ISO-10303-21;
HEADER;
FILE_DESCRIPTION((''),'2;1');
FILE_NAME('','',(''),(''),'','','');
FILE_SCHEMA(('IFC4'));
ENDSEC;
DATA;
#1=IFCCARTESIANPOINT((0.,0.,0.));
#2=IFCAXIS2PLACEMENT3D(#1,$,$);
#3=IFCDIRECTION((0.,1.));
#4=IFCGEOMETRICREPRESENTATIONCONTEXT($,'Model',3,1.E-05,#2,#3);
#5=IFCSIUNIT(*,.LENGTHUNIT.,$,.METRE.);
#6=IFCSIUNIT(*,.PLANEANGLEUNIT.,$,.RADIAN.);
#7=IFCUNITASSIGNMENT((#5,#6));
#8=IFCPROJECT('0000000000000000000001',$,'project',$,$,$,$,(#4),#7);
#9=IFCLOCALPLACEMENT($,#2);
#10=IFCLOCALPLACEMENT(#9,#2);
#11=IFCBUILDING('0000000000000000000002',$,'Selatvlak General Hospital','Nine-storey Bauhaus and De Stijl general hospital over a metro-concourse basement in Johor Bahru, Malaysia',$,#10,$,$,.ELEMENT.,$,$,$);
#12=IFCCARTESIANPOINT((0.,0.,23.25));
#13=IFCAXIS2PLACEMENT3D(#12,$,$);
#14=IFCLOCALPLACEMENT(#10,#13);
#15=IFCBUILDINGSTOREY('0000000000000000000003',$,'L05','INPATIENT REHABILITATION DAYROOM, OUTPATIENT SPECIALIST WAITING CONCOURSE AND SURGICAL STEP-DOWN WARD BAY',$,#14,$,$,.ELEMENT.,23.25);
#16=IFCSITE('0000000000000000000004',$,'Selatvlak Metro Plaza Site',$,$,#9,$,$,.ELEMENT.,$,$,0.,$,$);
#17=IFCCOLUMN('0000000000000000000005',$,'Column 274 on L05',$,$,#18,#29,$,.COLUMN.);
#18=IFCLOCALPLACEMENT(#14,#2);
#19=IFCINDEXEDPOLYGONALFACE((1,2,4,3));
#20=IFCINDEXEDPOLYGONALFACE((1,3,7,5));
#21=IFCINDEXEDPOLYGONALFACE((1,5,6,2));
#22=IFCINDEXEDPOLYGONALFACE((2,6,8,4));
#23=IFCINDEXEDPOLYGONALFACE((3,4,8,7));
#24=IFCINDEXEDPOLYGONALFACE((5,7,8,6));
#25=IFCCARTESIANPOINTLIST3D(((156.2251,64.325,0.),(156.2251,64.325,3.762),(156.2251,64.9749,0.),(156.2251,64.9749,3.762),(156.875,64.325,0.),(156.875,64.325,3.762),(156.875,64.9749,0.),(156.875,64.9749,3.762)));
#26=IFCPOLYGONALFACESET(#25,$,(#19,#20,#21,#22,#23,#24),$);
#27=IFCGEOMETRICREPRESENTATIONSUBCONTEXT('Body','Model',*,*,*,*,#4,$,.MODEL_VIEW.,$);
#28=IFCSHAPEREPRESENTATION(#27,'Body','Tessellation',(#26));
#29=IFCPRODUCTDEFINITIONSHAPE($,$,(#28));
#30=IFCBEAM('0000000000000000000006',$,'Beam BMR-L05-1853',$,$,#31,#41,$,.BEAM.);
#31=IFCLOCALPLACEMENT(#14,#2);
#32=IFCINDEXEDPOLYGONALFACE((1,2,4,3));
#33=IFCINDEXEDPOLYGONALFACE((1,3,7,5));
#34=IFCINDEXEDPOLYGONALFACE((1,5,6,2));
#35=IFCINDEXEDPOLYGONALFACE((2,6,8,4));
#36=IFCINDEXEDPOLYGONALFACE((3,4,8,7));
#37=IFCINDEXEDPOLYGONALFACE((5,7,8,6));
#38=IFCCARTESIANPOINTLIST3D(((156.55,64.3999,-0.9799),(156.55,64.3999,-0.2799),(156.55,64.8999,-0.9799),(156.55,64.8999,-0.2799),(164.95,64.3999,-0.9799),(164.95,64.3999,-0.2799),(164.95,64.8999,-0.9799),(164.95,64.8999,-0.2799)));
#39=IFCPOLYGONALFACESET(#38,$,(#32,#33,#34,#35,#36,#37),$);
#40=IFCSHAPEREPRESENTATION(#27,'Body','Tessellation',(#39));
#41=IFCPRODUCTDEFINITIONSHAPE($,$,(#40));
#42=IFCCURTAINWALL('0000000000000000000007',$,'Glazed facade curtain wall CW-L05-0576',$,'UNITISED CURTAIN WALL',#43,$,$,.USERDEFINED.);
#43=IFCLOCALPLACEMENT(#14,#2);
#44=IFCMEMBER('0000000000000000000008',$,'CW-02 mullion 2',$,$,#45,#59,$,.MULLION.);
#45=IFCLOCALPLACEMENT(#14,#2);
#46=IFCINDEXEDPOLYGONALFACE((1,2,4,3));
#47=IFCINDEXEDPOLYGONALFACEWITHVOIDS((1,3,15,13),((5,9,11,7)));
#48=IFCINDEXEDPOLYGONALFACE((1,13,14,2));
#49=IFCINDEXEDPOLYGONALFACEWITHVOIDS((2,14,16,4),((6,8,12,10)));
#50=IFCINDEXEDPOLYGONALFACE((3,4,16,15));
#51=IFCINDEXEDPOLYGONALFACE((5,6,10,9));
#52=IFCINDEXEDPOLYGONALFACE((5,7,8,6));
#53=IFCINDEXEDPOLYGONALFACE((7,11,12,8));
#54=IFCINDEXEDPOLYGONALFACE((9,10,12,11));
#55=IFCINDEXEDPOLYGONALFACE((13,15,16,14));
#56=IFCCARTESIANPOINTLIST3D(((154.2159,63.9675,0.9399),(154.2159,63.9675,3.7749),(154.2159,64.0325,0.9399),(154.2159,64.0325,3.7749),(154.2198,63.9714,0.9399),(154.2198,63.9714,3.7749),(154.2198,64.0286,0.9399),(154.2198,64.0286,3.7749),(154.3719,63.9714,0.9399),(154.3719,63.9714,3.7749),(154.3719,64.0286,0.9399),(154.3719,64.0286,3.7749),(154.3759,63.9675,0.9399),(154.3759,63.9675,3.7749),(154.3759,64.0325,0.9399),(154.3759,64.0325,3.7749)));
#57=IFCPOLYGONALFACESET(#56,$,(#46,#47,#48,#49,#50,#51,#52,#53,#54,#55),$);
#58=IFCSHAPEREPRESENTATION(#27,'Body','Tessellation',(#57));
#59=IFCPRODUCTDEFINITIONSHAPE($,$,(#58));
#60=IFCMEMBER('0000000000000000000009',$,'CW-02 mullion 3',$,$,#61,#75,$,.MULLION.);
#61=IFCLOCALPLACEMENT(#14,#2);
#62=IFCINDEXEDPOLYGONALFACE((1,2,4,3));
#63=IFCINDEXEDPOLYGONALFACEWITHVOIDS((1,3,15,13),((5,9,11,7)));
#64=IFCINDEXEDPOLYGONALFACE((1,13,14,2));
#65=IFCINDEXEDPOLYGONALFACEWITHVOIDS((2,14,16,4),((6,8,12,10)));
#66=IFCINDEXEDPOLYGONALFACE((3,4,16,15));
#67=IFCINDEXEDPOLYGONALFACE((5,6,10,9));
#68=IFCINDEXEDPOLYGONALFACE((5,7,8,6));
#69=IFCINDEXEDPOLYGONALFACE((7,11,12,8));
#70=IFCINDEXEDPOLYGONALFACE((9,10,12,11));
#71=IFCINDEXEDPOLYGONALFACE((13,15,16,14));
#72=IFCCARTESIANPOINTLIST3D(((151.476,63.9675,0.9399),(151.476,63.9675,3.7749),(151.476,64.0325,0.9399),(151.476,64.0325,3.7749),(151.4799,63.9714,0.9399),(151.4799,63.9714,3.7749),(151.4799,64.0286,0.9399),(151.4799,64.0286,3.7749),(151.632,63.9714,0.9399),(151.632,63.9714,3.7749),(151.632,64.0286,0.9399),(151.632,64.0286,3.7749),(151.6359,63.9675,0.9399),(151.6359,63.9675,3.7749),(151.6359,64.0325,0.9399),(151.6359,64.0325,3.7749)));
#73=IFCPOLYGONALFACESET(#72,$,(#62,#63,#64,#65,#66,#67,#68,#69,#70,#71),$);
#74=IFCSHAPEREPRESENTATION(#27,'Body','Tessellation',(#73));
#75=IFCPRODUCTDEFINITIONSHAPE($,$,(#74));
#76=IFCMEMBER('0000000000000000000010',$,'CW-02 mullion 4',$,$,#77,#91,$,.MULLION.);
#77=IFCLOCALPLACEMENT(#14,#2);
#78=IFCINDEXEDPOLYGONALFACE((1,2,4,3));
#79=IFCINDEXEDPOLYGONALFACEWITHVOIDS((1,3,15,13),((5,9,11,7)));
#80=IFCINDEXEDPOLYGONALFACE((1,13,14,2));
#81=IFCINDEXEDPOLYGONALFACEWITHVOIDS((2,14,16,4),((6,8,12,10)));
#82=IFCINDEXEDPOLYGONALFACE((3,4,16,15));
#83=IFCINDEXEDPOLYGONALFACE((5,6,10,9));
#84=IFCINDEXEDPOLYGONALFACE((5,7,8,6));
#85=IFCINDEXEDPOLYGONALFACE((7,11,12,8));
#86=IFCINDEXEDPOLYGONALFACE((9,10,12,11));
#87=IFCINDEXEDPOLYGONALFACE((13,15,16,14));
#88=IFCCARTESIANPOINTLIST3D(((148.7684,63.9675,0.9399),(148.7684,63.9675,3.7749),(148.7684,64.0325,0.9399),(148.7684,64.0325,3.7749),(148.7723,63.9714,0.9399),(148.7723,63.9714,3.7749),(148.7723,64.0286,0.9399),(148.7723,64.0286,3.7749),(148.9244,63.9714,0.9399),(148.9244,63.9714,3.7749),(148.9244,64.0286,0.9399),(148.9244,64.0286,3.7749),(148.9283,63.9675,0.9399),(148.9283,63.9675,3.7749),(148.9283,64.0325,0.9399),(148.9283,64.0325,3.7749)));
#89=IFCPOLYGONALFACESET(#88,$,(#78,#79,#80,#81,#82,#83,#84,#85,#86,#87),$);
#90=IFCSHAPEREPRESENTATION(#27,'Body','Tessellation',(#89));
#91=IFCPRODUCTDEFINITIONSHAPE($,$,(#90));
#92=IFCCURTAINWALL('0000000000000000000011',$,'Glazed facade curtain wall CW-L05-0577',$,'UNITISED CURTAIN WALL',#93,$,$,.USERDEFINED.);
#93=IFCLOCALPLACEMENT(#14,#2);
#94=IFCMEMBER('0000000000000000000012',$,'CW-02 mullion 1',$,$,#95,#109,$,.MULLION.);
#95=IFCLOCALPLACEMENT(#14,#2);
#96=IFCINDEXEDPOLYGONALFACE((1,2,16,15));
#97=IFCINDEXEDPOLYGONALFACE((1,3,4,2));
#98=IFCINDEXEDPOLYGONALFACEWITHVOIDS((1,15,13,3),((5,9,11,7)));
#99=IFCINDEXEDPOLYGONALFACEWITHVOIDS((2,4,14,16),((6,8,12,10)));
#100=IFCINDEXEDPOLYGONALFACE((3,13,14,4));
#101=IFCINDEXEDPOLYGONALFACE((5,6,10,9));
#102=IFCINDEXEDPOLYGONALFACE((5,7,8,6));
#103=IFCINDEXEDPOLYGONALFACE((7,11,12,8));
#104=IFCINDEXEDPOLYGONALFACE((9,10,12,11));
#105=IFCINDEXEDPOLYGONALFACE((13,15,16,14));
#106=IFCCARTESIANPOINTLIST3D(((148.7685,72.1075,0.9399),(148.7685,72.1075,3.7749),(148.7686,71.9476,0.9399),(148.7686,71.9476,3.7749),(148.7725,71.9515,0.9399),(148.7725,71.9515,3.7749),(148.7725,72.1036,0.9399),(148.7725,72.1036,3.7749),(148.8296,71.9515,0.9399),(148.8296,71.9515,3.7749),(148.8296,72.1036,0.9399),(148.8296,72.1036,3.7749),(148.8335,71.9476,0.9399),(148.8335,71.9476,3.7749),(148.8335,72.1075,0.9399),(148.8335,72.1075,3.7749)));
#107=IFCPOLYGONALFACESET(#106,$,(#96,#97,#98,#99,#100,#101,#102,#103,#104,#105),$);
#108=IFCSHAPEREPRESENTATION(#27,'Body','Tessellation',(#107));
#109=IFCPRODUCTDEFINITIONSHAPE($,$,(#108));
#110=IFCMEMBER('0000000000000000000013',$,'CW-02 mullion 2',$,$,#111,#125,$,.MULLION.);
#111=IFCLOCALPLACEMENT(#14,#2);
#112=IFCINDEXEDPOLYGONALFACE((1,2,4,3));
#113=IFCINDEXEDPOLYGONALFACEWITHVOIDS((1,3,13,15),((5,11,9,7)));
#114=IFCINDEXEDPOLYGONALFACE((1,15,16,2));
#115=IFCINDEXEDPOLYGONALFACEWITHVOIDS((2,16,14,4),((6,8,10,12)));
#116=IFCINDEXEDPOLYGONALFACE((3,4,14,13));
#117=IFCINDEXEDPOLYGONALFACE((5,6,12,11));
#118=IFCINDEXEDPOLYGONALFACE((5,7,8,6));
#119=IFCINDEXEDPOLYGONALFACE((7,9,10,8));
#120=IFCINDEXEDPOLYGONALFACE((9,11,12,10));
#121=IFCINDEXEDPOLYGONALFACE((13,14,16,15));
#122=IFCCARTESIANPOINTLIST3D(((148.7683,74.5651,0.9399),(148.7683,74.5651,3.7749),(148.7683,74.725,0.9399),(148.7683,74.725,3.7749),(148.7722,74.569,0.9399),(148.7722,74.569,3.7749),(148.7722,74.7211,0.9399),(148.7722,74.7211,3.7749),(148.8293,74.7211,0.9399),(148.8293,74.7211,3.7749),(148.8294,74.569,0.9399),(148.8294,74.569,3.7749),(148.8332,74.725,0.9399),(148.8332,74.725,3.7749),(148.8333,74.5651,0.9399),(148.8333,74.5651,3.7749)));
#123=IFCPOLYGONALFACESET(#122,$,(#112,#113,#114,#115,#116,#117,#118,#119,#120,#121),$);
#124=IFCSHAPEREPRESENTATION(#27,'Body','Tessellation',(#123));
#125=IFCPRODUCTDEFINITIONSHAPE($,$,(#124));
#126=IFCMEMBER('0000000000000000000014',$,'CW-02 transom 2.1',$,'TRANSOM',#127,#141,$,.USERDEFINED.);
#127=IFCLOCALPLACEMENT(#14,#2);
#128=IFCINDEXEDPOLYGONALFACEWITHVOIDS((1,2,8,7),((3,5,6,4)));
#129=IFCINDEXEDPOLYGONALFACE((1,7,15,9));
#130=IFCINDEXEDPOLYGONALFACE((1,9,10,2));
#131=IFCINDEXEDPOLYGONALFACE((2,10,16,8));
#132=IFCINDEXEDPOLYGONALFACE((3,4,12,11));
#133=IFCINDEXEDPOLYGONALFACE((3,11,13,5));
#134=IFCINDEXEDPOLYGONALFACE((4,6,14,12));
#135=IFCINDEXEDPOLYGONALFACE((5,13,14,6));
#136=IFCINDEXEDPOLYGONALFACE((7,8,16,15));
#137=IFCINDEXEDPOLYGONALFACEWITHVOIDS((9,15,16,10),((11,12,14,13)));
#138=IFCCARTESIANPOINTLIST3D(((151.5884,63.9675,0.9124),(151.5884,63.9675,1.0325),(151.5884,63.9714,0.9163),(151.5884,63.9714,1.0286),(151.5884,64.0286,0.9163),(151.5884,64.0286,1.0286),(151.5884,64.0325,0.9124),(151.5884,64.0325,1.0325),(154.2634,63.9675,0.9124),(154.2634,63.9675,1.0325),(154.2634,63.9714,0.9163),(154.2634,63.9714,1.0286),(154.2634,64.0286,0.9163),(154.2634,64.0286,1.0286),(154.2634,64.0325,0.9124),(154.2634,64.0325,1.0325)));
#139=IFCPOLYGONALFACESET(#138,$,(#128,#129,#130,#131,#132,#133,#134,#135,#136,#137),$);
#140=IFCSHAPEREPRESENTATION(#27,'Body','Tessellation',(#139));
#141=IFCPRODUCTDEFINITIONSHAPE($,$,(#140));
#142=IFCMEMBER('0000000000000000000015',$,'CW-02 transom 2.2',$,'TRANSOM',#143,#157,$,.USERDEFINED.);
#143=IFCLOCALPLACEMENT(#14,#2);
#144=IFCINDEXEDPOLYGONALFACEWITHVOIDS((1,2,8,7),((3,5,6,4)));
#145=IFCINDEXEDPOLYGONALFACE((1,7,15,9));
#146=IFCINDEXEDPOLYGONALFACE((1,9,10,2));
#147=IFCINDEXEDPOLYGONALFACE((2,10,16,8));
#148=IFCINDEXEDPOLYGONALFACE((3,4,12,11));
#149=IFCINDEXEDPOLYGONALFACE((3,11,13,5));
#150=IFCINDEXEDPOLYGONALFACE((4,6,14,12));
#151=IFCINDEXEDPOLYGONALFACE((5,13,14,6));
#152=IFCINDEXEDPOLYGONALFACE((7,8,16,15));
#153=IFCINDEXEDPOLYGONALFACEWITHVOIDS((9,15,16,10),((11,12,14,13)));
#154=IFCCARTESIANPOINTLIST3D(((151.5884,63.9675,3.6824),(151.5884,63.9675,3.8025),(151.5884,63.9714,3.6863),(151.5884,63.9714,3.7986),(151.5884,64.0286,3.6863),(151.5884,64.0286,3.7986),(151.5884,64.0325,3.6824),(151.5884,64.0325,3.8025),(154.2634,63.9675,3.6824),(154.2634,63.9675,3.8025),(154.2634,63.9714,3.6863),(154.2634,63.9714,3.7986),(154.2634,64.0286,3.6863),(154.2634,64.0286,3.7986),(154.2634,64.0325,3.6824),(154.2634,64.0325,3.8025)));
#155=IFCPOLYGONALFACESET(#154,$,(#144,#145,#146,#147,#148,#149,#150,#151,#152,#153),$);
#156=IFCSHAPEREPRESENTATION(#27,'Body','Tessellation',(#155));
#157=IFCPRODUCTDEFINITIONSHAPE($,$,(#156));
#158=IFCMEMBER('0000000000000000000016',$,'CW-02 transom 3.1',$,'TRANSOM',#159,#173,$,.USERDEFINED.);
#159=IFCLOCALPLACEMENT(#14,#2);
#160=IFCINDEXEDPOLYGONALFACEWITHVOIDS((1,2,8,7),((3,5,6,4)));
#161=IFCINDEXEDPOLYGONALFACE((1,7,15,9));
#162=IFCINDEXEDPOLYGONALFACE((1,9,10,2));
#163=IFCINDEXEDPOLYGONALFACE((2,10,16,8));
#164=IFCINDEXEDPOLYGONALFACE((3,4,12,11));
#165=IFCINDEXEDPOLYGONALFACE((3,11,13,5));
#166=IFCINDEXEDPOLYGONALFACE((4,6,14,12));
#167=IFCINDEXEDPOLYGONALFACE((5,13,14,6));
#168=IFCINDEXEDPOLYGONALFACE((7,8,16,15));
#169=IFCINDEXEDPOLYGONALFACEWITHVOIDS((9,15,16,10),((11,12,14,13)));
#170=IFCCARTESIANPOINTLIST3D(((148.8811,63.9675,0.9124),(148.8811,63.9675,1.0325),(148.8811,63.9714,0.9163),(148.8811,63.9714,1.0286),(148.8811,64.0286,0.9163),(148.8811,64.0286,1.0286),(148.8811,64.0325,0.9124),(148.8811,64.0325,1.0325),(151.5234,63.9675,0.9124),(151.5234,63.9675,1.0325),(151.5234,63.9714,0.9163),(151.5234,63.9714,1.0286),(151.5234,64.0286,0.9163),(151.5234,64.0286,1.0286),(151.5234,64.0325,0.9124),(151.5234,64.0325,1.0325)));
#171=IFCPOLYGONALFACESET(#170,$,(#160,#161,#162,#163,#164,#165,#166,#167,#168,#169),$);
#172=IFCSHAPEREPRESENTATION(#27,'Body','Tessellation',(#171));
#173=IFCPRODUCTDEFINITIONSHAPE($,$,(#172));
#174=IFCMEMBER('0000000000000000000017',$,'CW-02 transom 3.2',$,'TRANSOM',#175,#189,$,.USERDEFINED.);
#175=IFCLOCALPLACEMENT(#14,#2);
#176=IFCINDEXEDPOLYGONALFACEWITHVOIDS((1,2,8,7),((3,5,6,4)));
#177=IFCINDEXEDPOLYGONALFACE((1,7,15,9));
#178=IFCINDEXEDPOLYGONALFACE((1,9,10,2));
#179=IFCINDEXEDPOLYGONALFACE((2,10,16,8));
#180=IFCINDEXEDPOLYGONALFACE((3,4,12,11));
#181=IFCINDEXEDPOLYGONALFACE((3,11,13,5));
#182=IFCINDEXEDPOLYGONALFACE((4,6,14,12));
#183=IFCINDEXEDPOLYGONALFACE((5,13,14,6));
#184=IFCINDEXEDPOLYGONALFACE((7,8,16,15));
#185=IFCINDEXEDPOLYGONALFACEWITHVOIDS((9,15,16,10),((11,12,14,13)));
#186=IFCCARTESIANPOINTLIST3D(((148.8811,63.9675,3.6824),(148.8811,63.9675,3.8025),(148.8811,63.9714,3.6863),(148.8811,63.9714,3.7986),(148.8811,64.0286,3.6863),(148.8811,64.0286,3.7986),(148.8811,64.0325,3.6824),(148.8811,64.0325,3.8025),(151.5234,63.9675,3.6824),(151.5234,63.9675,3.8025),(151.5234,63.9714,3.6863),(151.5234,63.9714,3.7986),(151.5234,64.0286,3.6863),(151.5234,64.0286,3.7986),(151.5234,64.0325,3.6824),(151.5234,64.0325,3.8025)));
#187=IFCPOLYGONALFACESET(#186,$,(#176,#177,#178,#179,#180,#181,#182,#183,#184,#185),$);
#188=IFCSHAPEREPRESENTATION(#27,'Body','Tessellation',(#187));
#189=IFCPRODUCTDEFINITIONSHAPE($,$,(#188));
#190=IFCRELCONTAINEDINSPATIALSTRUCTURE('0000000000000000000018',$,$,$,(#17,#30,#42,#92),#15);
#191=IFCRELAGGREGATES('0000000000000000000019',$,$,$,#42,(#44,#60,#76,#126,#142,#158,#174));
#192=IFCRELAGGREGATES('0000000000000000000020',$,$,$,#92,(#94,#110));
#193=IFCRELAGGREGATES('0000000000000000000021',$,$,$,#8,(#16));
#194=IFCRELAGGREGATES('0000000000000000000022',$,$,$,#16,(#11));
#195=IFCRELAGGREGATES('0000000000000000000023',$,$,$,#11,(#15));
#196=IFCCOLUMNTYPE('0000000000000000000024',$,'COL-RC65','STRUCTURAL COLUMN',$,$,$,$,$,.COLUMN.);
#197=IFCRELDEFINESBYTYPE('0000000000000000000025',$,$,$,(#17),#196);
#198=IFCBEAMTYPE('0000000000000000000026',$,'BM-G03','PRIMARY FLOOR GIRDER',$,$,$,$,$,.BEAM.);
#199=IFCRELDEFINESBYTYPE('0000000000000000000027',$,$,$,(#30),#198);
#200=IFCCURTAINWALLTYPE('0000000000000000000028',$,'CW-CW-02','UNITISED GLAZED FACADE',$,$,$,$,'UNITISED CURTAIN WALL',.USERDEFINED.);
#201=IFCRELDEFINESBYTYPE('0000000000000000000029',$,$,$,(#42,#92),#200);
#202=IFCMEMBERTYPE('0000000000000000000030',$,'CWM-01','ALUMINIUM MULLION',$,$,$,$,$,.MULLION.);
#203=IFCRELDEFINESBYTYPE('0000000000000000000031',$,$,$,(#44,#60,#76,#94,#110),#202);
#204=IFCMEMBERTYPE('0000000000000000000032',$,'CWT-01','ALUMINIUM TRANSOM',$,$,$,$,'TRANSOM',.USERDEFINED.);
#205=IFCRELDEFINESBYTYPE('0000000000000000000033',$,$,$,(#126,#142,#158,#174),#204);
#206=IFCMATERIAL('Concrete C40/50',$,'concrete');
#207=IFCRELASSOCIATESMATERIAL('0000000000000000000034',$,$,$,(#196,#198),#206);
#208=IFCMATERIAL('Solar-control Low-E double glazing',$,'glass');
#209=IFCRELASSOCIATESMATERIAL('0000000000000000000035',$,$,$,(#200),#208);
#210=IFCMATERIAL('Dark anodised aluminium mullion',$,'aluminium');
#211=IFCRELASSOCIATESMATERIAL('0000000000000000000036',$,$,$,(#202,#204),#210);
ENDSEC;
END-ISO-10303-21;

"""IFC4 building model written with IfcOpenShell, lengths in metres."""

from ifc_helpers import new_model, si_unit, direction, frame, origin, origin_2d, place, context, subcontext, project, spatial, rectangle, hollow_rectangle, extrude, material, material_profile, profile_set, type_object, element, aggregate, save


model = new_model("IFC4")

# Units and contexts
model_context = context("Model", 3, precision=1e-05, world=origin(), true_north=direction((0.0, 1.0)))
body_context = subcontext(model_context, "Body", "Model", "MODEL_VIEW")
ifc_project = project(units=[si_unit("LENGTHUNIT", "METRE"), si_unit("PLANEANGLEUNIT", "RADIAN")], contexts=[model_context])

# Site, building, storey
site_placement = place(None, origin())
site = spatial("IfcSite", under=ifc_project, at=site_placement, Name="Selatvlak Metro Plaza Site", CompositionType="ELEMENT", RefElevation=0.0)
building_placement = place(site_placement, origin())
building = spatial("IfcBuilding", under=site, at=building_placement, Name="Selatvlak General Hospital", Description="Nine-storey Bauhaus and De Stijl general hospital over a metro-concourse basement in Johor Bahru, Malaysia", CompositionType="ELEMENT")
storey_placement = place(building_placement, frame((0.0, 0.0, 23.25)))
storey = spatial("IfcBuildingStorey", under=building, at=storey_placement, Name="L05", Description="INPATIENT REHABILITATION DAYROOM, OUTPATIENT SPECIALIST WAITING CONCOURSE AND SURGICAL STEP-DOWN WARD BAY", CompositionType="ELEMENT", Elevation=23.25)

# Column
ifc_material_1 = material(Name="Concrete C40/50", Category="concrete")
ifc_material_profile_1 = material_profile(ifc_material_1, rectangle(XDim=0.6499, YDim=0.6499, at=origin_2d()), Name="RC-COL 650x650")
ifc_profile_set_1 = profile_set([ifc_material_profile_1], Name="Concrete C40/50")
column_type = type_object("IfcColumnType", Name="COL-RC65", Description="STRUCTURAL COLUMN", PredefinedType="COLUMN", material=ifc_profile_set_1)
column_placement = place(storey_placement, frame((156.55, 64.6499, 0.0), z_axis=(0.0, 0.0, 1.0), x_axis=(1.0, 0.0, 0.0)))
element("IfcColumn", 1, at=column_placement, inside=storey, type_object=column_type, Name="Column 274 on L05", PredefinedType="COLUMN", context=body_context, shape_type="SweptSolid", body=[
    extrude(rectangle(XDim=0.6499, YDim=0.6499, at=origin_2d()), origin(), (0.0, 0.0, 1.0), 3.762),
])

# Beam
ifc_material_profile_2 = material_profile(ifc_material_1, rectangle(XDim=0.5, YDim=0.7, at=origin_2d()), Name="RC-BM 500x700")
ifc_profile_set_2 = profile_set([ifc_material_profile_2], Name="Concrete C40/50")
beam_type = type_object("IfcBeamType", Name="BM-G03", Description="PRIMARY FLOOR GIRDER", PredefinedType="BEAM", material=ifc_profile_set_2)
beam_placement = place(storey_placement, frame((156.55, 64.6499, -0.6299), z_axis=(1.0, 0.0, 0.0), x_axis=(0.0, 1.0, 0.0)))
element("IfcBeam", 2, at=beam_placement, inside=storey, type_object=beam_type, Name="Beam BMR-L05-1853", PredefinedType="BEAM", context=body_context, shape_type="SweptSolid", body=[
    extrude(rectangle(XDim=0.5, YDim=0.7, at=origin_2d()), origin(), (0.0, 0.0, 1.0), 8.3999),
])

# Curtain walls, members
ifc_material_2 = material(Name="Solar-control Low-E double glazing", Category="glass")
curtain_wall_type = type_object("IfcCurtainWallType", Name="CW-CW-02", Description="UNITISED GLAZED FACADE", ElementType="UNITISED CURTAIN WALL", PredefinedType="USERDEFINED", material=ifc_material_2)
curtain_wall_1_placement = place(storey_placement, origin())
curtain_wall_1 = element("IfcCurtainWall", 3, at=curtain_wall_1_placement, inside=storey, type_object=curtain_wall_type, Name="Glazed facade curtain wall CW-L05-0576", ObjectType="UNITISED CURTAIN WALL", PredefinedType="USERDEFINED")
ifc_material_3 = material(Name="Dark anodised aluminium mullion", Category="aluminium")
ifc_material_profile_3 = material_profile(ifc_material_3, hollow_rectangle(XDim=0.0649, YDim=0.1599, WallThickness=0.0039, at=origin_2d()), Name="AL-MUL 65x160x4")
ifc_profile_set_3 = profile_set([ifc_material_profile_3], Name="Dark anodised aluminium mullion")
member_type_1 = type_object("IfcMemberType", Name="CWM-01", Description="ALUMINIUM MULLION", PredefinedType="MULLION", material=ifc_profile_set_3)
member_1_placement = place(storey_placement, frame((154.2959, 64.0, 0.9399), z_axis=(0.0, 0.0, 1.0), x_axis=(0.0, -1.0, 0.0)))
member_1 = element("IfcMember", 4, at=member_1_placement, type_object=member_type_1, Name="CW-02 mullion 2", PredefinedType="MULLION", context=body_context, shape_type="SweptSolid", body=[
    extrude(hollow_rectangle(XDim=0.0649, YDim=0.1599, WallThickness=0.0039, at=origin_2d()), origin(), (0.0, 0.0, 1.0), 2.835),
])
member_2_placement = place(storey_placement, frame((151.5559, 64.0, 0.9399), z_axis=(0.0, 0.0, 1.0), x_axis=(0.0, -1.0, 0.0)))
member_2 = element("IfcMember", 5, at=member_2_placement, type_object=member_type_1, Name="CW-02 mullion 3", PredefinedType="MULLION", context=body_context, shape_type="SweptSolid", body=[
    extrude(hollow_rectangle(XDim=0.0649, YDim=0.1599, WallThickness=0.0039, at=origin_2d()), origin(), (0.0, 0.0, 1.0), 2.835),
])
member_3_placement = place(storey_placement, frame((148.8484, 64.0, 0.9399), z_axis=(0.0, 0.0, 1.0), x_axis=(0.0, -1.0, 0.0)))
member_3 = element("IfcMember", 6, at=member_3_placement, type_object=member_type_1, Name="CW-02 mullion 4", PredefinedType="MULLION", context=body_context, shape_type="SweptSolid", body=[
    extrude(hollow_rectangle(XDim=0.0649, YDim=0.1599, WallThickness=0.0039, at=origin_2d()), origin(), (0.0, 0.0, 1.0), 2.835),
])
curtain_wall_2_placement = place(storey_placement, origin())
curtain_wall_2 = element("IfcCurtainWall", 7, at=curtain_wall_2_placement, inside=storey, type_object=curtain_wall_type, Name="Glazed facade curtain wall CW-L05-0577", ObjectType="UNITISED CURTAIN WALL", PredefinedType="USERDEFINED")
member_4_placement = place(storey_placement, frame((148.801, 72.0276, 0.9399), z_axis=(0.0, 0.0, 1.0), x_axis=(-1.0, -0.000126, 0.0)))
member_4 = element("IfcMember", 8, at=member_4_placement, type_object=member_type_1, Name="CW-02 mullion 1", PredefinedType="MULLION", context=body_context, shape_type="SweptSolid", body=[
    extrude(hollow_rectangle(XDim=0.0649, YDim=0.1599, WallThickness=0.0039, at=origin_2d()), origin(), (0.0, 0.0, 1.0), 2.835),
])
member_5_placement = place(storey_placement, frame((148.8008, 74.645, 0.9399), z_axis=(0.0, 0.0, 1.0), x_axis=(-1.0, -0.000126, 0.0)))
member_5 = element("IfcMember", 9, at=member_5_placement, type_object=member_type_1, Name="CW-02 mullion 2", PredefinedType="MULLION", context=body_context, shape_type="SweptSolid", body=[
    extrude(hollow_rectangle(XDim=0.0649, YDim=0.1599, WallThickness=0.0039, at=origin_2d()), origin(), (0.0, 0.0, 1.0), 2.835),
])

# Members
ifc_material_profile_4 = material_profile(ifc_material_3, hollow_rectangle(XDim=0.0649, YDim=0.1201, WallThickness=0.0039, at=origin_2d()), Name="AL-TRN 65x120x4")
ifc_profile_set_4 = profile_set([ifc_material_profile_4], Name="Dark anodised aluminium mullion")
member_type_2 = type_object("IfcMemberType", Name="CWT-01", Description="ALUMINIUM TRANSOM", ElementType="TRANSOM", PredefinedType="USERDEFINED", material=ifc_profile_set_4)
member_6_placement = place(storey_placement, frame((154.2634, 64.0, 0.9724), z_axis=(-1.0, 0.0, 0.0), x_axis=(0.0, -1.0, 0.0)))
member_6 = element("IfcMember", 10, at=member_6_placement, type_object=member_type_2, Name="CW-02 transom 2.1", ObjectType="TRANSOM", PredefinedType="USERDEFINED", context=body_context, shape_type="SweptSolid", body=[
    extrude(hollow_rectangle(XDim=0.0649, YDim=0.1201, WallThickness=0.0039, at=origin_2d()), origin(), (0.0, 0.0, 1.0), 2.675),
])
member_7_placement = place(storey_placement, frame((154.2634, 64.0, 3.7424), z_axis=(-1.0, 0.0, 0.0), x_axis=(0.0, -1.0, 0.0)))
member_7 = element("IfcMember", 11, at=member_7_placement, type_object=member_type_2, Name="CW-02 transom 2.2", ObjectType="TRANSOM", PredefinedType="USERDEFINED", context=body_context, shape_type="SweptSolid", body=[
    extrude(hollow_rectangle(XDim=0.0649, YDim=0.1201, WallThickness=0.0039, at=origin_2d()), origin(), (0.0, 0.0, 1.0), 2.675),
])
member_8_placement = place(storey_placement, frame((151.5234, 64.0, 0.9724), z_axis=(-1.0, 0.0, 0.0), x_axis=(0.0, -1.0, 0.0)))
member_8 = element("IfcMember", 12, at=member_8_placement, type_object=member_type_2, Name="CW-02 transom 3.1", ObjectType="TRANSOM", PredefinedType="USERDEFINED", context=body_context, shape_type="SweptSolid", body=[
    extrude(hollow_rectangle(XDim=0.0649, YDim=0.1201, WallThickness=0.0039, at=origin_2d()), origin(), (0.0, 0.0, 1.0), 2.6423),
])
member_9_placement = place(storey_placement, frame((151.5234, 64.0, 3.7424), z_axis=(-1.0, 0.0, 0.0), x_axis=(0.0, -1.0, 0.0)))
member_9 = element("IfcMember", 13, at=member_9_placement, type_object=member_type_2, Name="CW-02 transom 3.2", ObjectType="TRANSOM", PredefinedType="USERDEFINED", context=body_context, shape_type="SweptSolid", body=[
    extrude(hollow_rectangle(XDim=0.0649, YDim=0.1201, WallThickness=0.0039, at=origin_2d()), origin(), (0.0, 0.0, 1.0), 2.6423),
])

aggregate(curtain_wall_1, [member_1, member_2, member_3, member_6, member_7, member_8, member_9])
aggregate(curtain_wall_2, [member_4, member_5])

save(model, "model.ifc")
